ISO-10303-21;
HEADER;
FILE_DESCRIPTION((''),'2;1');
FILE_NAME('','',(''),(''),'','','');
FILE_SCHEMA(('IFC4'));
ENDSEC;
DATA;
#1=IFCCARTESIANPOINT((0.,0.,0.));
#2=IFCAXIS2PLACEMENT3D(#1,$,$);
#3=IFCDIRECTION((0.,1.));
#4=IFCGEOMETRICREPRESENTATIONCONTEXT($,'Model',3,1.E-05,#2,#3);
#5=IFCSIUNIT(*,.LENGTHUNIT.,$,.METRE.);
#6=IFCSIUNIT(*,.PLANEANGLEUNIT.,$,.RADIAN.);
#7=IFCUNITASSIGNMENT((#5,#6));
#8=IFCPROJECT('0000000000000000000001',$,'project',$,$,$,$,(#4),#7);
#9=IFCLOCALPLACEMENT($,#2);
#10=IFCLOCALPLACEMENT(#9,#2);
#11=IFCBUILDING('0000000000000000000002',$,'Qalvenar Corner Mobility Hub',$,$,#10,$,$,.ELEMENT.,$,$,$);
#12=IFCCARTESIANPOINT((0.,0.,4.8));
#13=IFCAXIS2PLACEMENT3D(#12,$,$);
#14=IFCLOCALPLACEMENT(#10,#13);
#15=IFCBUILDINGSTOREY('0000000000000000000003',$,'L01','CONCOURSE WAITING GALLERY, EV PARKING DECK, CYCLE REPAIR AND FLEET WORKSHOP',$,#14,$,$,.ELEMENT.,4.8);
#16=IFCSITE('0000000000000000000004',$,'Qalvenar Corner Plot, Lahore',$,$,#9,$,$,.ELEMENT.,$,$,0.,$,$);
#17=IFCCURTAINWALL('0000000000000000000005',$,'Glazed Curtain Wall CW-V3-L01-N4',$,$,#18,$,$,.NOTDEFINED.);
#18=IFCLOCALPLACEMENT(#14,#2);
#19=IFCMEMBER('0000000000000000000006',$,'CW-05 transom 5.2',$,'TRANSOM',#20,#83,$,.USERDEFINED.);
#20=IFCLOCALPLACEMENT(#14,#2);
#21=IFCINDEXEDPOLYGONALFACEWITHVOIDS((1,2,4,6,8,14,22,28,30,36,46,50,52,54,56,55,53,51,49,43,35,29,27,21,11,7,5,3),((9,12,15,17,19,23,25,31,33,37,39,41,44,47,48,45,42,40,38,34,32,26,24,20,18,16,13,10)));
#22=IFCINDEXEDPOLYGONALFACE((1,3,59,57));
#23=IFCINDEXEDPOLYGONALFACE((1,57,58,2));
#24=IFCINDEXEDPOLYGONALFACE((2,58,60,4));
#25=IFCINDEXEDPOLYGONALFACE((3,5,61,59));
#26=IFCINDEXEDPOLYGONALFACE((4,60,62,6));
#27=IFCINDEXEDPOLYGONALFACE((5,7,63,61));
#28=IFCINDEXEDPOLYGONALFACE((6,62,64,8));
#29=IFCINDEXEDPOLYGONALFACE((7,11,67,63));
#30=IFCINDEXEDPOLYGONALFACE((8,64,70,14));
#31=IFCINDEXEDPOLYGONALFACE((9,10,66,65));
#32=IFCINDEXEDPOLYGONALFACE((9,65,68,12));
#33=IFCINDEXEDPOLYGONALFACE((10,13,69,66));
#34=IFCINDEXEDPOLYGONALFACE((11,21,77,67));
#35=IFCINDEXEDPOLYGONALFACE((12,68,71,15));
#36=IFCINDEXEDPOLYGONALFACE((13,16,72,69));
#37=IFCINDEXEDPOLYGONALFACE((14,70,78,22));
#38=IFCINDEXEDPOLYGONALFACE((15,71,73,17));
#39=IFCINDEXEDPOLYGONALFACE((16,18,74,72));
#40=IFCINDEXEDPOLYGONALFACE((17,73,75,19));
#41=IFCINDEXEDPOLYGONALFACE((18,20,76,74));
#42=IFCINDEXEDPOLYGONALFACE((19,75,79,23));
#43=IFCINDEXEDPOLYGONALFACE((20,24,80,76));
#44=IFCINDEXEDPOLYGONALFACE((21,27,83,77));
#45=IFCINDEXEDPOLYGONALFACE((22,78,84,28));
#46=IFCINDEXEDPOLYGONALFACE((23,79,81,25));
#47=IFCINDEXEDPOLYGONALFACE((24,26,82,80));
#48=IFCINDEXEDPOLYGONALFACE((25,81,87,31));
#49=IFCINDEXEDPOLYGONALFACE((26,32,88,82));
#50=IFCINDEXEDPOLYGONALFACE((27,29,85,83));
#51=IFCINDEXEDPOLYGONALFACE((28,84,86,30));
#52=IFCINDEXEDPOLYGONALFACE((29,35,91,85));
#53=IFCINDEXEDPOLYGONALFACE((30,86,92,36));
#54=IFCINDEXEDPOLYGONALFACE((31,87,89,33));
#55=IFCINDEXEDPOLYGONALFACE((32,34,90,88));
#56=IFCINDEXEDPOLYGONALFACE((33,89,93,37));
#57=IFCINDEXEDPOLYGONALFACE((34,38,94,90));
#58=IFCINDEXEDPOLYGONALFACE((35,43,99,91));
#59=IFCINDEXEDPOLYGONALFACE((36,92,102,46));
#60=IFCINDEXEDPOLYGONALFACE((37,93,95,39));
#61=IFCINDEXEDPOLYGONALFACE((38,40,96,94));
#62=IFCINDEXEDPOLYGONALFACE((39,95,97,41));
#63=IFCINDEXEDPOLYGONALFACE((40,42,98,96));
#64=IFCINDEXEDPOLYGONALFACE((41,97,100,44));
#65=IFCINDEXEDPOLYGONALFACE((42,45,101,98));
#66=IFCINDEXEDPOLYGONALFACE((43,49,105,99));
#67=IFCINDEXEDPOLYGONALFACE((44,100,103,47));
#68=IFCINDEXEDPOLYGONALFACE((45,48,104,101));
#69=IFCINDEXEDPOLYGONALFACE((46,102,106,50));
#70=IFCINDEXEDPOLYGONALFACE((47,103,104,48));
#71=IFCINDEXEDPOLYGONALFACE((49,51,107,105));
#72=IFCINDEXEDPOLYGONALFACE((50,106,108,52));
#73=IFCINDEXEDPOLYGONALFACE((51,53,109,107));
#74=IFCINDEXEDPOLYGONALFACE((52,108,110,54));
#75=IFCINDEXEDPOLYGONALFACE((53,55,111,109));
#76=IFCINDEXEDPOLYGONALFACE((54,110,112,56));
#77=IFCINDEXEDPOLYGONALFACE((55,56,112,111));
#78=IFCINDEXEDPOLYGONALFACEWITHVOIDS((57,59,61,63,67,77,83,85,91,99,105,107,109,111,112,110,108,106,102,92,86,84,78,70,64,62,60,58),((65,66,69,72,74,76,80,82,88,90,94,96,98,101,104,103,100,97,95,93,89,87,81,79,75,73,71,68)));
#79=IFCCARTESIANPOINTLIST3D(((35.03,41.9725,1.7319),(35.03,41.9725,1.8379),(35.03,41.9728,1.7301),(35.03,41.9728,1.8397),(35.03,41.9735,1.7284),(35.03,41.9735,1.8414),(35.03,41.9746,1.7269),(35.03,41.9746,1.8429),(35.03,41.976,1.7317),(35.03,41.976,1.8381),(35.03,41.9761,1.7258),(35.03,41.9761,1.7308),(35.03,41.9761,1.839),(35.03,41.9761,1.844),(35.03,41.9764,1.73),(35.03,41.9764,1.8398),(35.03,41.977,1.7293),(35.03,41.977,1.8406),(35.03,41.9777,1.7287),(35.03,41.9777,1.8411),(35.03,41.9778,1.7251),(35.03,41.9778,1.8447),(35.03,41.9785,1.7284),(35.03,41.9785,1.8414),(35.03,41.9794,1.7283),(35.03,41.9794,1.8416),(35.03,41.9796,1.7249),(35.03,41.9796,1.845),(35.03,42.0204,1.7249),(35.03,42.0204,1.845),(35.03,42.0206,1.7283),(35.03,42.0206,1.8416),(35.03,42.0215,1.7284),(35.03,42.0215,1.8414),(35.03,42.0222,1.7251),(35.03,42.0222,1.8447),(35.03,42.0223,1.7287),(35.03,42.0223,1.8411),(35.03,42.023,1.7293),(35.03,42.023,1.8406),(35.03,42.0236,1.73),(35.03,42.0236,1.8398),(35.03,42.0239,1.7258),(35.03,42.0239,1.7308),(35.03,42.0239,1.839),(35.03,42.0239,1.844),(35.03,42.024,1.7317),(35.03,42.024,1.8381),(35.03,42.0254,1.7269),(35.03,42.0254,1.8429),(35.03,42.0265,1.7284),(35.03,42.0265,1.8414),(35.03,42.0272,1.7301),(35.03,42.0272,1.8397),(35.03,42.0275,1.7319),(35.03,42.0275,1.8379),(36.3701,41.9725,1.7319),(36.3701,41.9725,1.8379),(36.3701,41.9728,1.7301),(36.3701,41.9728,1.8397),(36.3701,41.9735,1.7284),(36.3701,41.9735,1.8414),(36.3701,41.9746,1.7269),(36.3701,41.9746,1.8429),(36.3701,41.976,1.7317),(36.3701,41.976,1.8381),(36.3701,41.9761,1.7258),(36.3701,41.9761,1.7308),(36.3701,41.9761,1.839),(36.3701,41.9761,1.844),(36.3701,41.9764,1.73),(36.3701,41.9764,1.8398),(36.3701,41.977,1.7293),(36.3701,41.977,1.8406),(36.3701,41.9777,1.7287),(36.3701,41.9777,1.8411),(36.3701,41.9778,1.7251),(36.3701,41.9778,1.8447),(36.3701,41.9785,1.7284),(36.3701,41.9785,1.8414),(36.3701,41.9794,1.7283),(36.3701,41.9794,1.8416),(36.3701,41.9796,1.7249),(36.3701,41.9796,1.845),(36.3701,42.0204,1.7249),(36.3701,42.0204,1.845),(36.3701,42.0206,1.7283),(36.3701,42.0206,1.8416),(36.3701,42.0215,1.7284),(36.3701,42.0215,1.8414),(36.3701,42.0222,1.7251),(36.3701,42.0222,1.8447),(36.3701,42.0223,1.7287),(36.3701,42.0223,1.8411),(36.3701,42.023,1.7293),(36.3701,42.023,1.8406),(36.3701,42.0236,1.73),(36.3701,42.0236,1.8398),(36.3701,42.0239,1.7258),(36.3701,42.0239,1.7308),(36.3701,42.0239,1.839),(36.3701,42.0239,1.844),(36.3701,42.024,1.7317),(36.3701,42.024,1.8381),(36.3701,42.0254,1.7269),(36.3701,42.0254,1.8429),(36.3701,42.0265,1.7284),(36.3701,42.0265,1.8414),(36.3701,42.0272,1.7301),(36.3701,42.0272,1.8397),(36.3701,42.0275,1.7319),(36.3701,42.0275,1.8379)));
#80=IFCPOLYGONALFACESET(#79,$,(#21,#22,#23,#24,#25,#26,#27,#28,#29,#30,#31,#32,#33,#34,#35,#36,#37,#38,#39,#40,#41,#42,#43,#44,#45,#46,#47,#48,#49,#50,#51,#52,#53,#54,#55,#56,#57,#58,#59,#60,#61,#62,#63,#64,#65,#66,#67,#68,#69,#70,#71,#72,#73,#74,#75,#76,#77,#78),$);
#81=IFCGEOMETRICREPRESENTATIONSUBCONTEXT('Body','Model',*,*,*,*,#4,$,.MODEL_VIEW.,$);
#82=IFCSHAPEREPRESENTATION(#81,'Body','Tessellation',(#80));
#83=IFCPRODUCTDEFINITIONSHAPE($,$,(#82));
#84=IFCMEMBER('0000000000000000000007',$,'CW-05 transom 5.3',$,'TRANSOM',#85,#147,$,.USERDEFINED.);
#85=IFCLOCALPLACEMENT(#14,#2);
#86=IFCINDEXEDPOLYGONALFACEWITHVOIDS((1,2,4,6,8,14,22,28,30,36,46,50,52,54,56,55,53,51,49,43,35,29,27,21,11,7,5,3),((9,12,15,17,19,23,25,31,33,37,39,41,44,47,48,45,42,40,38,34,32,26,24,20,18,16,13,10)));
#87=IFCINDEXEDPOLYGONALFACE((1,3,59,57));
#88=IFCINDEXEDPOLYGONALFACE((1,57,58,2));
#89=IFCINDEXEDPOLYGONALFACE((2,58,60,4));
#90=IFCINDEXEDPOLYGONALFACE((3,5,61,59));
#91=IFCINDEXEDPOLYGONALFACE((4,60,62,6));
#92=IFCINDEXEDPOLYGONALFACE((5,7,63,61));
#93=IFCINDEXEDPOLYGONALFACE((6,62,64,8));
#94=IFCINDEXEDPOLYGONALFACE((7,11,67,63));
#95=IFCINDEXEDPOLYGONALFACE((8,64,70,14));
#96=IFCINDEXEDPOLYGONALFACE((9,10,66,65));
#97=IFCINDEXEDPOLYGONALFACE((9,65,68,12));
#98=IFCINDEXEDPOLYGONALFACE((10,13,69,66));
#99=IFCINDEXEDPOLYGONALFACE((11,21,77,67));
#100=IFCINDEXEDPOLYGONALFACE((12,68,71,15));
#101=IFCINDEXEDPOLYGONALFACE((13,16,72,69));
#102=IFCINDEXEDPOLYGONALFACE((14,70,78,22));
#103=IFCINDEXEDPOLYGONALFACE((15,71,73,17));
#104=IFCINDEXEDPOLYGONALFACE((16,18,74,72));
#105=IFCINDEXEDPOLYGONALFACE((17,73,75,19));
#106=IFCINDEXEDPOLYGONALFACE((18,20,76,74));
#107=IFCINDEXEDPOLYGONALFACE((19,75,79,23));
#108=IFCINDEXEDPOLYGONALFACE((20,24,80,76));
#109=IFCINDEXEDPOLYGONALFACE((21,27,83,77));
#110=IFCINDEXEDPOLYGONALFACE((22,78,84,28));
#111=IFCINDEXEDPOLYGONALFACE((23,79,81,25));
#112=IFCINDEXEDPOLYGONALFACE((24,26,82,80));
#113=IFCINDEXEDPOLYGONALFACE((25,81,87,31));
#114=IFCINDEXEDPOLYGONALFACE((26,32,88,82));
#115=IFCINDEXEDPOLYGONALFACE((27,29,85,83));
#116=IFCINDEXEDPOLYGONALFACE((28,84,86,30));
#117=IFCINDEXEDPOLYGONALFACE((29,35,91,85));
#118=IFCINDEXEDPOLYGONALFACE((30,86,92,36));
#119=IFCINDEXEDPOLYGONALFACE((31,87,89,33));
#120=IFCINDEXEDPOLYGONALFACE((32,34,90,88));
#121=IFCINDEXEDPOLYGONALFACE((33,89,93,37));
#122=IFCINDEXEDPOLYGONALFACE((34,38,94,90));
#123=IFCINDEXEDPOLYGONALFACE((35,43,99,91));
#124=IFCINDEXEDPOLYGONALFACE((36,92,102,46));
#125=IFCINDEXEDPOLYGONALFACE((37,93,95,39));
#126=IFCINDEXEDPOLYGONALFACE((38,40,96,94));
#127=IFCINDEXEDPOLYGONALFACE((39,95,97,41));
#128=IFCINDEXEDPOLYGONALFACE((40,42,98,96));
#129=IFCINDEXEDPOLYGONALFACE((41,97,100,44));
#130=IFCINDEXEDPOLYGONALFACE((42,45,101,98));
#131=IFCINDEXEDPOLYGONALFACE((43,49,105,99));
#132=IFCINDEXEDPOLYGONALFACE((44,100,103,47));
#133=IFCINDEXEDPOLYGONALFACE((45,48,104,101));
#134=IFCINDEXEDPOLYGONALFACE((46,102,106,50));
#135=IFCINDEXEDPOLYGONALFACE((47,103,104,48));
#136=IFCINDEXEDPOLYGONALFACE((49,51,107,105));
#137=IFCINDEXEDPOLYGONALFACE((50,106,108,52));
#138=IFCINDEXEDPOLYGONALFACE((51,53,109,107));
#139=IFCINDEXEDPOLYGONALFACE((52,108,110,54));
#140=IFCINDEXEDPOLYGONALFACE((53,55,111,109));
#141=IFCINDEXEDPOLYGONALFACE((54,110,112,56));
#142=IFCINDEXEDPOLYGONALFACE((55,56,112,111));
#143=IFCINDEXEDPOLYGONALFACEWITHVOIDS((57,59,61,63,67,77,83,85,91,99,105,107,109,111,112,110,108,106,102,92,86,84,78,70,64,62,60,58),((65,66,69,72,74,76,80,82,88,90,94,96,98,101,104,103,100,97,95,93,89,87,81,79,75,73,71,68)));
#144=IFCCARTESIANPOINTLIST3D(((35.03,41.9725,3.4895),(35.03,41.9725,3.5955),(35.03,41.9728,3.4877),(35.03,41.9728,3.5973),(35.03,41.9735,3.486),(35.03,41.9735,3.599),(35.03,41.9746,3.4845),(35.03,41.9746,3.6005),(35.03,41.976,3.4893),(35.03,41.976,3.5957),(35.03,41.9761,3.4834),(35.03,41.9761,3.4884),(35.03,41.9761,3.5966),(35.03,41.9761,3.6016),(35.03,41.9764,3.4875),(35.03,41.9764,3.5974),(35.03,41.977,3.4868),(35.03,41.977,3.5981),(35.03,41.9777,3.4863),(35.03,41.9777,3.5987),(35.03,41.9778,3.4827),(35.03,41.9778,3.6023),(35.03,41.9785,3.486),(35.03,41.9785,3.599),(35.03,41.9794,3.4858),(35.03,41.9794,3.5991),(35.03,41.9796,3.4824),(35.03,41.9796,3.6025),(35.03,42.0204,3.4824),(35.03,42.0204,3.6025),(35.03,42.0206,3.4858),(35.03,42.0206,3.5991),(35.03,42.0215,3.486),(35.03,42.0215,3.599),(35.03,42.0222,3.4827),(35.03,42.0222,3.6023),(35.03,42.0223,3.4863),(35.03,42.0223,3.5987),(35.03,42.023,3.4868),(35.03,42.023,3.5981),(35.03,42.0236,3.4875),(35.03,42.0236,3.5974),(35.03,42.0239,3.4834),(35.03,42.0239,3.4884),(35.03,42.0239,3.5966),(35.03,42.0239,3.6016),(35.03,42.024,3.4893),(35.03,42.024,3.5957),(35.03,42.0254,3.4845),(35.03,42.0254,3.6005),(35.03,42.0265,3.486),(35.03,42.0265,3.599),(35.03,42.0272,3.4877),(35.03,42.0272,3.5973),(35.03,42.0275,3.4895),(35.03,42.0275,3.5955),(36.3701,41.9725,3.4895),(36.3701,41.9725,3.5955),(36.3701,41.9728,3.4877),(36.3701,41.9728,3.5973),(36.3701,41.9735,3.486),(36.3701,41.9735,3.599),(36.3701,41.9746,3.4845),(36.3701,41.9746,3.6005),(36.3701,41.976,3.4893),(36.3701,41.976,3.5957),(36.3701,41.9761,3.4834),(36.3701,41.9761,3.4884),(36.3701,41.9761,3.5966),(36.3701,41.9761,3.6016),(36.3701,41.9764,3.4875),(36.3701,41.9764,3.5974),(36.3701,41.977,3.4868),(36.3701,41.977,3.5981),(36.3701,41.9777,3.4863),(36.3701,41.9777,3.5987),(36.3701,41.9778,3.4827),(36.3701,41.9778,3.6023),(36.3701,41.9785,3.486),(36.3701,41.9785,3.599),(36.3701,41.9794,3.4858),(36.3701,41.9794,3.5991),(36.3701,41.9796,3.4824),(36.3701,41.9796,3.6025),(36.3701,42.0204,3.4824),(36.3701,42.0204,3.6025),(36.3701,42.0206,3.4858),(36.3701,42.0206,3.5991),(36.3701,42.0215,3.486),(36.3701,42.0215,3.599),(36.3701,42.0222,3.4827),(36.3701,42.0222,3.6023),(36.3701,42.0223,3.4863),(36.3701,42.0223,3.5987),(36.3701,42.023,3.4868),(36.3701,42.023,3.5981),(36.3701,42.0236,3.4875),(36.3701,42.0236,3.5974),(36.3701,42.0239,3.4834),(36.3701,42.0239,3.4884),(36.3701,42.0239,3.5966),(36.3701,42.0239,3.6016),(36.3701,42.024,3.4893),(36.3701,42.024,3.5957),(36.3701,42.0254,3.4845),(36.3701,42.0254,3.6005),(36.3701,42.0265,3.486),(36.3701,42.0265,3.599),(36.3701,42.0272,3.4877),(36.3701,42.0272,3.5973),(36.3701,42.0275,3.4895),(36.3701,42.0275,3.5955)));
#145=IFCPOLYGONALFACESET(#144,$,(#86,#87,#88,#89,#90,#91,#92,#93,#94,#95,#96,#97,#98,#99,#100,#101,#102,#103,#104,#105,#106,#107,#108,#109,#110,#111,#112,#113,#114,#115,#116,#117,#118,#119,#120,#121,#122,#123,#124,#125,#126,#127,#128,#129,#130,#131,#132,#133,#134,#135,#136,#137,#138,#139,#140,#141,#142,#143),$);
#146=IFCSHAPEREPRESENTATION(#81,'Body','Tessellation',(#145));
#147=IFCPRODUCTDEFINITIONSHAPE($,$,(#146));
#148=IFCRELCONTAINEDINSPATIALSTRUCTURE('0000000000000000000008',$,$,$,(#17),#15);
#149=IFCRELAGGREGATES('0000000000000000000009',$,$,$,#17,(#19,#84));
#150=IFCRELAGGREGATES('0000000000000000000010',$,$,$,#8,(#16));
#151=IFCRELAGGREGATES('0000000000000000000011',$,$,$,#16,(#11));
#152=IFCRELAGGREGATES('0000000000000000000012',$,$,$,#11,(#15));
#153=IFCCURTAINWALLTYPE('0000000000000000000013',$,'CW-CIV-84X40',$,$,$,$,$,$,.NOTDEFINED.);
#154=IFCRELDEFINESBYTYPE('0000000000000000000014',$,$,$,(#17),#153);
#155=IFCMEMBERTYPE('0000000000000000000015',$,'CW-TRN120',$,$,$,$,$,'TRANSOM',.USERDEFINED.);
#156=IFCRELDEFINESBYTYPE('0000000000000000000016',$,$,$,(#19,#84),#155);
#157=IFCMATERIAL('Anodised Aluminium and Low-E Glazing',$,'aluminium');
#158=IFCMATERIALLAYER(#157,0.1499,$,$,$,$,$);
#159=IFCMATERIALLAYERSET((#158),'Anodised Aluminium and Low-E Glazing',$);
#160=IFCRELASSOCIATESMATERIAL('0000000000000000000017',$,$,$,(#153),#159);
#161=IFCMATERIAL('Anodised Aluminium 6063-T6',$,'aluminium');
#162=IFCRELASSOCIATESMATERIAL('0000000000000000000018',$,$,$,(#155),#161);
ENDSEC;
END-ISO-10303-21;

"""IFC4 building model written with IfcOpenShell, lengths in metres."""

from ifc_helpers import new_model, si_unit, direction, frame, origin, origin_2d, place, context, subcontext, project, spatial, hollow_rectangle, extrude, material, layer, layer_set, material_profile, profile_set, type_object, element, aggregate, save


model = new_model("IFC4")

# Units and contexts
model_context = context("Model", 3, precision=1e-05, world=origin(), true_north=direction((0.0, 1.0)))
body_context = subcontext(model_context, "Body", "Model", "MODEL_VIEW")
ifc_project = project(units=[si_unit("LENGTHUNIT", "METRE"), si_unit("PLANEANGLEUNIT", "RADIAN")], contexts=[model_context])

# Site, building, storey
site_placement = place(None, origin())
site = spatial("IfcSite", under=ifc_project, at=site_placement, Name="Qalvenar Corner Plot, Lahore", CompositionType="ELEMENT", RefElevation=0.0)
building_placement = place(site_placement, origin())
building = spatial("IfcBuilding", under=site, at=building_placement, Name="Qalvenar Corner Mobility Hub", CompositionType="ELEMENT")
storey_placement = place(building_placement, frame((0.0, 0.0, 4.8)))
storey = spatial("IfcBuildingStorey", under=building, at=storey_placement, Name="L01", Description="CONCOURSE WAITING GALLERY, EV PARKING DECK, CYCLE REPAIR AND FLEET WORKSHOP", CompositionType="ELEMENT", Elevation=4.8)

# Curtain wall, members
ifc_material_1 = material(Name="Anodised Aluminium and Low-E Glazing", Category="aluminium")
ifc_layer_1 = layer(ifc_material_1, 0.1499)
ifc_layer_set_1 = layer_set([ifc_layer_1], Name="Anodised Aluminium and Low-E Glazing")
curtain_wall_type = type_object("IfcCurtainWallType", Name="CW-CIV-84X40", PredefinedType="NOTDEFINED", material=ifc_layer_set_1)
curtain_wall_placement = place(storey_placement, origin())
curtain_wall = element("IfcCurtainWall", 1, at=curtain_wall_placement, inside=storey, type_object=curtain_wall_type, Name="Glazed Curtain Wall CW-V3-L01-N4", PredefinedType="NOTDEFINED")
ifc_material_2 = material(Name="Anodised Aluminium 6063-T6", Category="aluminium")
ifc_material_profile_1 = material_profile(ifc_material_2, hollow_rectangle(XDim=0.0549, YDim=0.1201, WallThickness=0.0034, InnerFilletRadius=0.0034, OuterFilletRadius=0.0071, at=origin_2d()), Name="RHS120x55x3.5")
ifc_profile_set_1 = profile_set([ifc_material_profile_1], Name="Anodised Aluminium 6063-T6")
member_type_1 = type_object("IfcMemberType", Name="CW-TRN120", ElementType="TRANSOM", PredefinedType="USERDEFINED", material=ifc_profile_set_1)
member_1_placement = place(storey_placement, frame((36.3701, 42.0, 1.7849), z_axis=(-1.0, 0.0, 0.0), x_axis=(0.0, -1.0, 0.0)))
member_1 = element("IfcMember", 2, at=member_1_placement, type_object=member_type_1, Name="CW-05 transom 5.2", ObjectType="TRANSOM", PredefinedType="USERDEFINED", context=body_context, shape_type="SweptSolid", body=[
    extrude(hollow_rectangle(XDim=0.0549, YDim=0.1201, WallThickness=0.0034, InnerFilletRadius=0.0034, OuterFilletRadius=0.0071, at=origin_2d()), origin(), (0.0, 0.0, 1.0), 1.3401),
])
member_2_placement = place(storey_placement, frame((36.3701, 42.0, 3.5425), z_axis=(-1.0, 0.0, 0.0), x_axis=(0.0, -1.0, 0.0)))
member_2 = element("IfcMember", 3, at=member_2_placement, type_object=member_type_1, Name="CW-05 transom 5.3", ObjectType="TRANSOM", PredefinedType="USERDEFINED", context=body_context, shape_type="SweptSolid", body=[
    extrude(hollow_rectangle(XDim=0.0549, YDim=0.1201, WallThickness=0.0034, InnerFilletRadius=0.0034, OuterFilletRadius=0.0071, at=origin_2d()), origin(), (0.0, 0.0, 1.0), 1.3401),
])
aggregate(curtain_wall, [member_1, member_2])

save(model, "model.ifc")
